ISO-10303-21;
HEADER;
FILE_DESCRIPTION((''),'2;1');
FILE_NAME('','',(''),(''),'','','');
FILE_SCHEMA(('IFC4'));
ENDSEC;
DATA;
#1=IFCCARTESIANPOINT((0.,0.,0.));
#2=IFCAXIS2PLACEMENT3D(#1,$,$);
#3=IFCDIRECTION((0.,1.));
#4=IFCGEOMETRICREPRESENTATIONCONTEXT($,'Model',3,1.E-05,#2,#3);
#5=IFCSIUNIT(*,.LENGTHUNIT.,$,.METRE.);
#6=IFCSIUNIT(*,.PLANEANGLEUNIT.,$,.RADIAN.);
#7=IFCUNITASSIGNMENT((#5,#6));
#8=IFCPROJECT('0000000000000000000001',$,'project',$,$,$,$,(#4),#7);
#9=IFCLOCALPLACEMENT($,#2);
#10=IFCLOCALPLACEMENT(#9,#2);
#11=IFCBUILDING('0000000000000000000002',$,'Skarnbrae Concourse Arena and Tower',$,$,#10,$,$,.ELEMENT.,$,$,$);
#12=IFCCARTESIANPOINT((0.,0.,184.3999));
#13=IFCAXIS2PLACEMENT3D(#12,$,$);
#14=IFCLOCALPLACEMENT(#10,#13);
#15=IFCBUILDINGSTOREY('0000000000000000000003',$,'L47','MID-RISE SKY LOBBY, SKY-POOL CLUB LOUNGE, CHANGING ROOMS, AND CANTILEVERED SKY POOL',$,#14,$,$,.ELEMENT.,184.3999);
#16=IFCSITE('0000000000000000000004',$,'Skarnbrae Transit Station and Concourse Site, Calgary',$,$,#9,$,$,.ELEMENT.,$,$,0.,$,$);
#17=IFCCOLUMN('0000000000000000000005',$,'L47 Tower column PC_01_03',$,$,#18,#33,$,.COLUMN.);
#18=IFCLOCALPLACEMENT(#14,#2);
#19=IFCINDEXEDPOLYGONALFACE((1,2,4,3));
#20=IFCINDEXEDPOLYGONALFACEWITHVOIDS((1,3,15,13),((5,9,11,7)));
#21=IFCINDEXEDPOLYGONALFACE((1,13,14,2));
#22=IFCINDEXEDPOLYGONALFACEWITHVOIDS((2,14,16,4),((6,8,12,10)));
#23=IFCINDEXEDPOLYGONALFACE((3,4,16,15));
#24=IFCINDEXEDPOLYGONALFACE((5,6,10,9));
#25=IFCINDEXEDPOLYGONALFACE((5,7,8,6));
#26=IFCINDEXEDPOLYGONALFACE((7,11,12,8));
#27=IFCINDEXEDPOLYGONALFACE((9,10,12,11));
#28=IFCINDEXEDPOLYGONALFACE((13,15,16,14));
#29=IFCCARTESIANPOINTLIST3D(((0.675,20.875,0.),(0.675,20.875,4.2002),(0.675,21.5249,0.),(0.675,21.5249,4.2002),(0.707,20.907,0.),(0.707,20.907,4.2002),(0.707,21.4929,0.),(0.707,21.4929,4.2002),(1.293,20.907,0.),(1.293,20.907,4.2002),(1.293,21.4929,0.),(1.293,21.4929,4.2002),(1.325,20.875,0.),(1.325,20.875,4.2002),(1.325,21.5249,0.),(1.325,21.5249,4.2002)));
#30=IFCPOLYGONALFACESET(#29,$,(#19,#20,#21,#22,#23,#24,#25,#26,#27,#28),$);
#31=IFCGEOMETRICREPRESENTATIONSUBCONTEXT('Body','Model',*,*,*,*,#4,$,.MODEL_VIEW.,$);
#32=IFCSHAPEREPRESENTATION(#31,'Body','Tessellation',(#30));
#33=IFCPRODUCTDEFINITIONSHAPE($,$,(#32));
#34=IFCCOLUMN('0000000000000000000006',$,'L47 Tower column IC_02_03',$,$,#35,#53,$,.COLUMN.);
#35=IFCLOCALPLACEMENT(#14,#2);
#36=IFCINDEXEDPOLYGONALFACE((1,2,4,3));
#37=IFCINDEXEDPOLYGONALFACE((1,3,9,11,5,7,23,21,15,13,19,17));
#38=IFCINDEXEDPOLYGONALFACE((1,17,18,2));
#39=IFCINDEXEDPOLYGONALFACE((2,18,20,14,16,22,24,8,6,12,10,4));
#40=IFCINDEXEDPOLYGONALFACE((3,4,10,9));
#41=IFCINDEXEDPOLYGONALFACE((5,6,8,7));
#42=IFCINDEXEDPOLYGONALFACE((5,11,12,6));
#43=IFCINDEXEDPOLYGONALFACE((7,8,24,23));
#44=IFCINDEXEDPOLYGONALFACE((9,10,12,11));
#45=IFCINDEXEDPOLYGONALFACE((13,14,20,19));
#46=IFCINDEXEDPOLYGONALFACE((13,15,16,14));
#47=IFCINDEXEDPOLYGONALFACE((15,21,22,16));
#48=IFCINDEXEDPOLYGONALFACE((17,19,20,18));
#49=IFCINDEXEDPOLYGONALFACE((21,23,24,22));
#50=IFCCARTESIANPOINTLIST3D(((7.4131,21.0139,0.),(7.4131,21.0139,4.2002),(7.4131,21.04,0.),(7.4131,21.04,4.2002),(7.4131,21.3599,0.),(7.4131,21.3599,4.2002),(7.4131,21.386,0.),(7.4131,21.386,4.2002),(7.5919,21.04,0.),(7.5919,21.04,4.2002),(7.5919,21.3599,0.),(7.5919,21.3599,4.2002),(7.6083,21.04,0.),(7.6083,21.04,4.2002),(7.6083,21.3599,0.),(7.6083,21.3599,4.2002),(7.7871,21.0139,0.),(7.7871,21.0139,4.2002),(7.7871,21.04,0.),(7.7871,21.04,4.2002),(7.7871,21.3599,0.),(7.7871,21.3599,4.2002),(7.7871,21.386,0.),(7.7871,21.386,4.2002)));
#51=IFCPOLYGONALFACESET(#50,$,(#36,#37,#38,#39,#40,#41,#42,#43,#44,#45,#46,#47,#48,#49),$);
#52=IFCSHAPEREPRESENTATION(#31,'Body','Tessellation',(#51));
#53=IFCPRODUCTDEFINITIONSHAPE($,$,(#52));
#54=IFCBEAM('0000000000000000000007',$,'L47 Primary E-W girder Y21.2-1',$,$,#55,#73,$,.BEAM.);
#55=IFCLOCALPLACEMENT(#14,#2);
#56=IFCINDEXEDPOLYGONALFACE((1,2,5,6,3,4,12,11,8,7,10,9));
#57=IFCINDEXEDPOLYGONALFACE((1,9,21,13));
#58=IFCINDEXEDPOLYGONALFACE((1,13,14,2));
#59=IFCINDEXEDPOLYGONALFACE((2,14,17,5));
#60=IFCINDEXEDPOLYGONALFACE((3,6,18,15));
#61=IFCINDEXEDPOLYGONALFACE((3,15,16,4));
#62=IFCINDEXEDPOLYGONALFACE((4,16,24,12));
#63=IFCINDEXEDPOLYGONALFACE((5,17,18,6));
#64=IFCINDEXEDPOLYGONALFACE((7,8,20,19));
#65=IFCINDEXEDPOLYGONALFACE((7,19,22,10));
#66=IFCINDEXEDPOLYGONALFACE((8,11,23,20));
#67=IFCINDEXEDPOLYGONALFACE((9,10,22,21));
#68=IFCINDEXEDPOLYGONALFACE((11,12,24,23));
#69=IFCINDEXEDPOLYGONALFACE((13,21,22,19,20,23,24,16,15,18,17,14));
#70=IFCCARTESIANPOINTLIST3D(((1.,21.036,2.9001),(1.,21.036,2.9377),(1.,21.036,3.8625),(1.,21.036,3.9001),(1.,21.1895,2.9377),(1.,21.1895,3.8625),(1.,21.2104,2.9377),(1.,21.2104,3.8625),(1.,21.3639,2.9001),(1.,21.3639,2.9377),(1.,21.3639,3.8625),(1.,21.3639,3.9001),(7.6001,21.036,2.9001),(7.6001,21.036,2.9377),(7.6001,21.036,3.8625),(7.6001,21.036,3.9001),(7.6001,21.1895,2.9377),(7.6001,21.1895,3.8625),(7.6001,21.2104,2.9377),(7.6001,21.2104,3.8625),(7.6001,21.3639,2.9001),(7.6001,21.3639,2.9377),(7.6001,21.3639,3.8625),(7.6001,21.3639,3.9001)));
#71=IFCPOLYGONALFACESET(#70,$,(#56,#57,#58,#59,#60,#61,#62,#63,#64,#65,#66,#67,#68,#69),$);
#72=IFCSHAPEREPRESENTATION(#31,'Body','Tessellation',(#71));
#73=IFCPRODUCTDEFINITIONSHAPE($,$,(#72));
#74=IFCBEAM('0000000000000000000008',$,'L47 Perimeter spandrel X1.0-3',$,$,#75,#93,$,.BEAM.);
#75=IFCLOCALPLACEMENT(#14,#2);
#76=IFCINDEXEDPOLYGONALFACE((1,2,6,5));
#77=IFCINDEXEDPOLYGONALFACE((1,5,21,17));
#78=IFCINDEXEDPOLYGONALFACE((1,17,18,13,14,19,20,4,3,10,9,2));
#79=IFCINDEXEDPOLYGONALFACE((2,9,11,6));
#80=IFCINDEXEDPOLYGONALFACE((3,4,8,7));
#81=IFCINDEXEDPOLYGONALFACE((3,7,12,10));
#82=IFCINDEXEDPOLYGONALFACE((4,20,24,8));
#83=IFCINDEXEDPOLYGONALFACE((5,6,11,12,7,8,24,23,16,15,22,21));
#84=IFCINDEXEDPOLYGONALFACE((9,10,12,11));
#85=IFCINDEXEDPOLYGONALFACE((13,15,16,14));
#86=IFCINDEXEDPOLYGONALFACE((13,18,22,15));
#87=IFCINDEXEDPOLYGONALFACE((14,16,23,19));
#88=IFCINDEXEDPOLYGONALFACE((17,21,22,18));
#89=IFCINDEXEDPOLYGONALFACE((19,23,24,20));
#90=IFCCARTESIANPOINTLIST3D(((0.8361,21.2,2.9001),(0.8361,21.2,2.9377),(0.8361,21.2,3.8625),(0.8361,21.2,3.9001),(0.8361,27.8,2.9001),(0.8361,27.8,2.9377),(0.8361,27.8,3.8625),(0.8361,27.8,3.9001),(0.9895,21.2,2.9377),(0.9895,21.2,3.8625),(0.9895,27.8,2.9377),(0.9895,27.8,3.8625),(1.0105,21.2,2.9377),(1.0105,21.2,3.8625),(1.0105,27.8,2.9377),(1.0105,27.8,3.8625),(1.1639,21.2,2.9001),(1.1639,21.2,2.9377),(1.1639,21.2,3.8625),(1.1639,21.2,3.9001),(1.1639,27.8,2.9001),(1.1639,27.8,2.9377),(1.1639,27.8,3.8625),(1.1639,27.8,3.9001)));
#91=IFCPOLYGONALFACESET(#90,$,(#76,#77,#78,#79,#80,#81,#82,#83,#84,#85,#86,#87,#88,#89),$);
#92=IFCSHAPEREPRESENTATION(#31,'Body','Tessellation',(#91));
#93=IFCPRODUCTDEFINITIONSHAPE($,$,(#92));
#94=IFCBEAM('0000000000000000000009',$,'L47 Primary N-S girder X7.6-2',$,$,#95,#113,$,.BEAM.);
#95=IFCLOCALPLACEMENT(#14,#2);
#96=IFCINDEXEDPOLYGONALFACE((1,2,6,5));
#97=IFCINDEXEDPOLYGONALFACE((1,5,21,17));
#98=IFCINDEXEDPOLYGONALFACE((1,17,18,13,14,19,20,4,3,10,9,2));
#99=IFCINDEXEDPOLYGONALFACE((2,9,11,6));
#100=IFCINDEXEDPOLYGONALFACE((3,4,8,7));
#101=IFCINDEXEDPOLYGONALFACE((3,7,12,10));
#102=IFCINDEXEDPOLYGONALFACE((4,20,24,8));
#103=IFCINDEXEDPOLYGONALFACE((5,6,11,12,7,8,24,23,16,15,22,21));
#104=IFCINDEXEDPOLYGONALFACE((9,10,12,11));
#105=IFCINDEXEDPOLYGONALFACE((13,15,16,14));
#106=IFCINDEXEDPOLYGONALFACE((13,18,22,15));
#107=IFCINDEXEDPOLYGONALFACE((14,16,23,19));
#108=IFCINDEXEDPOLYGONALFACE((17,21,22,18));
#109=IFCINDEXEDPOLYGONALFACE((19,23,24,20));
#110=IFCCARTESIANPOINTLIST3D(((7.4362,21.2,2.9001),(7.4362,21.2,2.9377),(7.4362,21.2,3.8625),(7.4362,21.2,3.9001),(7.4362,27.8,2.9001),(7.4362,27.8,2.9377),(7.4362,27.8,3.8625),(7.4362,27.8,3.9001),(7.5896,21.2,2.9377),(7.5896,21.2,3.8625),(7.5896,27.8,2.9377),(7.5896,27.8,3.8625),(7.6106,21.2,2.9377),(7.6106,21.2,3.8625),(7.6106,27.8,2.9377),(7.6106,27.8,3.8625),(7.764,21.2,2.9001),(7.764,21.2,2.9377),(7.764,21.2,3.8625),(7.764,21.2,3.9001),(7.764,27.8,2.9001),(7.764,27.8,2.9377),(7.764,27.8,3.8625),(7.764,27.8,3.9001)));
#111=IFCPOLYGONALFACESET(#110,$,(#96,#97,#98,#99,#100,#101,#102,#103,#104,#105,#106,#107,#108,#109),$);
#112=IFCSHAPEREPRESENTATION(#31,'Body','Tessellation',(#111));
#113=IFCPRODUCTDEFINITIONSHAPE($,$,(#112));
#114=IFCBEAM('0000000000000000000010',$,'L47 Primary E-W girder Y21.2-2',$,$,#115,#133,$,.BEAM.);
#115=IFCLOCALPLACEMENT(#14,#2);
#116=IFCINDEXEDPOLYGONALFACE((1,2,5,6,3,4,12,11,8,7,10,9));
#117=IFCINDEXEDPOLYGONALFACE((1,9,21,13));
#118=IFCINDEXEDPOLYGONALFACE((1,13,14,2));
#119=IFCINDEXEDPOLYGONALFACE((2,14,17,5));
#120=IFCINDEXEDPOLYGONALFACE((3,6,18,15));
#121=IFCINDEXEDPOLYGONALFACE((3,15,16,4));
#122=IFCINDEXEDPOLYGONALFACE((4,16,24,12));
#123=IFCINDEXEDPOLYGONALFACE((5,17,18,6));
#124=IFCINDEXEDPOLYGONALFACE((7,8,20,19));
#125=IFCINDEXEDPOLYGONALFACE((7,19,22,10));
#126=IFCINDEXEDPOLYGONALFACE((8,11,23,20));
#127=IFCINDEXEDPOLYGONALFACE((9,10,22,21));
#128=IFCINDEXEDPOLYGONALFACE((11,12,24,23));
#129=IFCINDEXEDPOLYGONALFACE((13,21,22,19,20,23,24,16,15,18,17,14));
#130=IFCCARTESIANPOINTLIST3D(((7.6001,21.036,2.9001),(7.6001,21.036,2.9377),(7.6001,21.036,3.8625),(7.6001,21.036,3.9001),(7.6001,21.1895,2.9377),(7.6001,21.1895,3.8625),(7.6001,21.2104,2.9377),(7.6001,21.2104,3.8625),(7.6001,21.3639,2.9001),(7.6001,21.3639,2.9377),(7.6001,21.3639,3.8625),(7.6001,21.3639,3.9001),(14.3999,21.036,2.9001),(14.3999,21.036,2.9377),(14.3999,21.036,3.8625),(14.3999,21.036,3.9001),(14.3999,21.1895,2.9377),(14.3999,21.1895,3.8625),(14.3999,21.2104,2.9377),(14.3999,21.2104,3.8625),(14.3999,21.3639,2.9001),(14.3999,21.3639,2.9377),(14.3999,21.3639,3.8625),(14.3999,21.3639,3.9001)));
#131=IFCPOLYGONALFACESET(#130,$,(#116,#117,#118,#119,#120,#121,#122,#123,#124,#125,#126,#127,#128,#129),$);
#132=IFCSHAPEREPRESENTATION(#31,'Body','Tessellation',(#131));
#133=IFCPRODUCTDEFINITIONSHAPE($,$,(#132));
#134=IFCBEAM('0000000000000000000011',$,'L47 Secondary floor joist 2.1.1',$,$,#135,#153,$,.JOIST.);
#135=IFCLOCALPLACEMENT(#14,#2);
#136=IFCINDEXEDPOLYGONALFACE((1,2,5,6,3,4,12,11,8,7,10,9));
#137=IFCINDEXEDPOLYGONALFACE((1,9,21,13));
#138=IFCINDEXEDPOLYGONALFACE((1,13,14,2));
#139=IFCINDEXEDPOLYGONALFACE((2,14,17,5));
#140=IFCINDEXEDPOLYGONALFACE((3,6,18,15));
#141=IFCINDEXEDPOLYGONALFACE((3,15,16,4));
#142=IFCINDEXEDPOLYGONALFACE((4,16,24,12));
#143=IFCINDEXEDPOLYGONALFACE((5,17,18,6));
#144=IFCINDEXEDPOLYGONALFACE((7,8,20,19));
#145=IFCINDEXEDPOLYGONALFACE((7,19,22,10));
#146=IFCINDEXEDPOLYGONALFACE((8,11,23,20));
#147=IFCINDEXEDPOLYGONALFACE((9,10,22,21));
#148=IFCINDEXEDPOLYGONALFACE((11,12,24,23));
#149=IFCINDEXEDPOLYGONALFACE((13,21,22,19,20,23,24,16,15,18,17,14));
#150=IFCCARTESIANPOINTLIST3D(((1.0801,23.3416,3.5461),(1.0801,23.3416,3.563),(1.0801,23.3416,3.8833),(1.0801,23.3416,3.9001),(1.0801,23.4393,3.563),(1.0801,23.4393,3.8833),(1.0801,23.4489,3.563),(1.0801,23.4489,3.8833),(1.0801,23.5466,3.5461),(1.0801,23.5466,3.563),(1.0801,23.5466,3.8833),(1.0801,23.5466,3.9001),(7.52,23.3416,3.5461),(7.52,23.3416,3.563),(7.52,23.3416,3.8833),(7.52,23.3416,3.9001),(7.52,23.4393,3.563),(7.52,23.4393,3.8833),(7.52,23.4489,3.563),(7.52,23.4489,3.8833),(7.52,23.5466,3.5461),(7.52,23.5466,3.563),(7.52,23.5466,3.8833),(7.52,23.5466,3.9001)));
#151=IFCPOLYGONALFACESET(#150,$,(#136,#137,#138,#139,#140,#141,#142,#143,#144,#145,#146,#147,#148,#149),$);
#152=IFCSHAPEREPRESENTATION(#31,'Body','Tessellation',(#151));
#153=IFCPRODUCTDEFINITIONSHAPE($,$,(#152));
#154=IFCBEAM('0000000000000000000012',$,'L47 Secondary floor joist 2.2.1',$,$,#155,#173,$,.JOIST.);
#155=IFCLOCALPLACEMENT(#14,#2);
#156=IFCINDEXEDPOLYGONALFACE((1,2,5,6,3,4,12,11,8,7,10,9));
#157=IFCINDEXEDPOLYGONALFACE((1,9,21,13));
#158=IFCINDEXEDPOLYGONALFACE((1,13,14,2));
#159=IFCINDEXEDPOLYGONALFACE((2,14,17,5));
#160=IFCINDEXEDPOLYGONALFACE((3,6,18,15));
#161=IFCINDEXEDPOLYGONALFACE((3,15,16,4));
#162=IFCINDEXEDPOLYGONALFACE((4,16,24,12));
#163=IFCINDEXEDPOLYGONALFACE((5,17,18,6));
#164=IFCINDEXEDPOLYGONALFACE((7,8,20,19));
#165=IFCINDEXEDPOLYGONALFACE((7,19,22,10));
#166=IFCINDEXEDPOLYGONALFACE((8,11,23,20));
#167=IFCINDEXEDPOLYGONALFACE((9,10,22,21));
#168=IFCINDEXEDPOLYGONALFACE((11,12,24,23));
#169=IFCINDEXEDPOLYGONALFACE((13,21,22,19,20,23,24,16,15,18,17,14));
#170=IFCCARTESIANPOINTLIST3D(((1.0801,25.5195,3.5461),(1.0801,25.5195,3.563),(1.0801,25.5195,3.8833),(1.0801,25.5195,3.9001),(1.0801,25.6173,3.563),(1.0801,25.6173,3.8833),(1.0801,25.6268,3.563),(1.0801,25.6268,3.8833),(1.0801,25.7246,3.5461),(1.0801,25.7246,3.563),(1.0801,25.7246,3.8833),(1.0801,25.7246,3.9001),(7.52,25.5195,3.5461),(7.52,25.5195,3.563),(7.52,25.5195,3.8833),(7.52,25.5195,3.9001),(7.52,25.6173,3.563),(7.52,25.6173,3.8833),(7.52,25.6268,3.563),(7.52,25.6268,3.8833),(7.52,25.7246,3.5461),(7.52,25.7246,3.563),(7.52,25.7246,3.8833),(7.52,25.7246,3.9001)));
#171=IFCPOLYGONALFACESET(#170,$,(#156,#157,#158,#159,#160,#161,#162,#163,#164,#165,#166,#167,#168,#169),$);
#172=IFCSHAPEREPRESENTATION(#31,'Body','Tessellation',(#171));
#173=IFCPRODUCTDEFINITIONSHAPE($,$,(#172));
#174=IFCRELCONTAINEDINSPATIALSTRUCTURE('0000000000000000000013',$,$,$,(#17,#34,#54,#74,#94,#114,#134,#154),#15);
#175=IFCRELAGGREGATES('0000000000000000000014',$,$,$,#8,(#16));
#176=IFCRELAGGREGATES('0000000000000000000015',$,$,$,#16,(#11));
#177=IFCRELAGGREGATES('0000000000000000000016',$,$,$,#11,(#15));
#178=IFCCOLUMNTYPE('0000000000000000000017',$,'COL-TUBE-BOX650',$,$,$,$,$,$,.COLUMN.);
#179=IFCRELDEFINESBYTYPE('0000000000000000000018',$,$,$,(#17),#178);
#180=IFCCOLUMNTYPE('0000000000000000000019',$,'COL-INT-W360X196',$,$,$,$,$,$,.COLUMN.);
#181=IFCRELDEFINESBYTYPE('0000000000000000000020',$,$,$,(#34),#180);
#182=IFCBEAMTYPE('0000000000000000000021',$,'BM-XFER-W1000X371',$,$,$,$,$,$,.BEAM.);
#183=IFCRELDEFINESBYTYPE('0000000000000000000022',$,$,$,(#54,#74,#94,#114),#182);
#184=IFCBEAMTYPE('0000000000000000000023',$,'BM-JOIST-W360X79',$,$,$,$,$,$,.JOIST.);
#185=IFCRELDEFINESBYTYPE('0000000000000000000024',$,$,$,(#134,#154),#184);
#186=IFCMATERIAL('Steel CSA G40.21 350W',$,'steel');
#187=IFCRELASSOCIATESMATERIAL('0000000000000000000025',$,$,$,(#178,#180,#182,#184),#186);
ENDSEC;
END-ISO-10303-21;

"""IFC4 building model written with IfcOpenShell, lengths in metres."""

from ifc_helpers import new_model, si_unit, direction, frame, origin, origin_2d, place, context, subcontext, project, spatial, hollow_rectangle, i_section, extrude, source, transform, mapped, material, material_profile, profile_set, type_object, element, save


model = new_model("IFC4")

# Units and contexts
model_context = context("Model", 3, precision=1e-05, world=origin(), true_north=direction((0.0, 1.0)))
body_context = subcontext(model_context, "Body", "Model", "MODEL_VIEW")
ifc_project = project(units=[si_unit("LENGTHUNIT", "METRE"), si_unit("PLANEANGLEUNIT", "RADIAN")], contexts=[model_context])

# Site, building, storey
site_placement = place(None, origin())
site = spatial("IfcSite", under=ifc_project, at=site_placement, Name="Skarnbrae Transit Station and Concourse Site, Calgary", CompositionType="ELEMENT", RefElevation=0.0)
building_placement = place(site_placement, origin())
building = spatial("IfcBuilding", under=site, at=building_placement, Name="Skarnbrae Concourse Arena and Tower", CompositionType="ELEMENT")
storey_placement = place(building_placement, frame((0.0, 0.0, 184.3999)))
storey = spatial("IfcBuildingStorey", under=building, at=storey_placement, Name="L47", Description="MID-RISE SKY LOBBY, SKY-POOL CLUB LOUNGE, CHANGING ROOMS, AND CANTILEVERED SKY POOL", CompositionType="ELEMENT", Elevation=184.3999)

# Columns
ifc_material_1 = material(Name="Steel CSA G40.21 350W", Category="steel")
ifc_material_profile_1 = material_profile(ifc_material_1, hollow_rectangle(XDim=0.6499, YDim=0.6499, WallThickness=0.032, at=origin_2d()), Name="BOX650X650X32")
ifc_profile_set_1 = profile_set([ifc_material_profile_1], Name="Steel CSA G40.21 350W")
column_type_1 = type_object("IfcColumnType", Name="COL-TUBE-BOX650", PredefinedType="COLUMN", material=ifc_profile_set_1)
shared_shape_1 = source(origin(), body_context, "Body", "SweptSolid", [
    extrude(hollow_rectangle(XDim=0.6499, YDim=0.6499, WallThickness=0.032, at=origin_2d()), origin(), (0.0, 0.0, 1.0), 4.2002),
])
column_1_placement = place(storey_placement, frame((1.0, 21.2, 0.0), z_axis=(0.0, 0.0, 1.0), x_axis=(1.0, 0.0, 0.0)))
element("IfcColumn", 1, at=column_1_placement, inside=storey, type_object=column_type_1, Name="L47 Tower column PC_01_03", PredefinedType="COLUMN", context=body_context, shape_type="MappedRepresentation", body=[
    mapped(shared_shape_1, transform((0.0, 0.0, 0.0))),
])
ifc_material_profile_2 = material_profile(ifc_material_1, i_section(OverallWidth=0.374, OverallDepth=0.3721, WebThickness=0.0164, FlangeThickness=0.0261, at=origin_2d()), Name="W360X196")
ifc_profile_set_2 = profile_set([ifc_material_profile_2], Name="Steel CSA G40.21 350W")
column_type_2 = type_object("IfcColumnType", Name="COL-INT-W360X196", PredefinedType="COLUMN", material=ifc_profile_set_2)
shared_shape_2 = source(origin(), body_context, "Body", "SweptSolid", [
    extrude(i_section(OverallWidth=0.374, OverallDepth=0.3721, WebThickness=0.0164, FlangeThickness=0.0261, at=origin_2d()), origin(), (0.0, 0.0, 1.0), 4.2002),
])
column_2_placement = place(storey_placement, frame((7.6001, 21.2, 0.0), z_axis=(0.0, 0.0, 1.0), x_axis=(1.0, 0.0, 0.0)))
element("IfcColumn", 2, at=column_2_placement, inside=storey, type_object=column_type_2, Name="L47 Tower column IC_02_03", PredefinedType="COLUMN", context=body_context, shape_type="MappedRepresentation", body=[
    mapped(shared_shape_2, transform((0.0, 0.0, 0.0))),
])

# Beams
ifc_material_profile_3 = material_profile(ifc_material_1, i_section(OverallWidth=0.3279, OverallDepth=1.0, WebThickness=0.021, FlangeThickness=0.0376, at=origin_2d()), Name="W1000X371")
ifc_profile_set_3 = profile_set([ifc_material_profile_3], Name="Steel CSA G40.21 350W")
beam_type_1 = type_object("IfcBeamType", Name="BM-XFER-W1000X371", PredefinedType="BEAM", material=ifc_profile_set_3)
shared_shape_3 = source(origin(), body_context, "Body", "SweptSolid", [
    extrude(i_section(OverallWidth=0.3279, OverallDepth=1.0, WebThickness=0.021, FlangeThickness=0.0376, at=origin_2d()), origin(), (0.0, 0.0, 1.0), 6.6001),
])
for number, where, z_axis, x_axis, name in (
    (3, (1.0, 21.2, 3.4001), (1.0, 0.0, 0.0), (0.0, 1.0, 0.0), "L47 Primary E-W girder Y21.2-1"),
    (4, (1.0, 21.2, 3.4001), (0.0, 1.0, 0.0), (-1.0, 0.0, 0.0), "L47 Perimeter spandrel X1.0-3"),
    (5, (7.6001, 21.2, 3.4001), (0.0, 1.0, 0.0), (-1.0, 0.0, 0.0), "L47 Primary N-S girder X7.6-2"),
):
    element("IfcBeam", number, at=place(storey_placement, frame(where, z_axis=z_axis, x_axis=x_axis)), inside=storey, type_object=beam_type_1, Name=name, PredefinedType="BEAM", context=body_context, shape_type="MappedRepresentation", body=[
        mapped(shared_shape_3, transform((0.0, 0.0, 0.0))),
    ])
shared_shape_4 = source(origin(), body_context, "Body", "SweptSolid", [
    extrude(i_section(OverallWidth=0.3279, OverallDepth=1.0, WebThickness=0.021, FlangeThickness=0.0376, at=origin_2d()), origin(), (0.0, 0.0, 1.0), 6.7998),
])
beam_1_placement = place(storey_placement, frame((7.6001, 21.2, 3.4001), z_axis=(1.0, 0.0, 0.0), x_axis=(0.0, 1.0, 0.0)))
element("IfcBeam", 6, at=beam_1_placement, inside=storey, type_object=beam_type_1, Name="L47 Primary E-W girder Y21.2-2", PredefinedType="BEAM", context=body_context, shape_type="MappedRepresentation", body=[
    mapped(shared_shape_4, transform((0.0, 0.0, 0.0))),
])
ifc_material_profile_4 = material_profile(ifc_material_1, i_section(OverallWidth=0.2051, OverallDepth=0.354, WebThickness=0.0095, FlangeThickness=0.0168, at=origin_2d()), Name="W360X79")
ifc_profile_set_4 = profile_set([ifc_material_profile_4], Name="Steel CSA G40.21 350W")
beam_type_2 = type_object("IfcBeamType", Name="BM-JOIST-W360X79", PredefinedType="JOIST", material=ifc_profile_set_4)
shared_shape_5 = source(origin(), body_context, "Body", "SweptSolid", [
    extrude(i_section(OverallWidth=0.2051, OverallDepth=0.354, WebThickness=0.0095, FlangeThickness=0.0168, at=origin_2d()), origin(), (0.0, 0.0, 1.0), 6.4399),
])
for number, where, z_axis, x_axis, name in (
    (7, (1.0801, 23.4441, 3.7231), (1.0, 0.0, 0.0), (0.0, 1.0, 0.0), "L47 Secondary floor joist 2.1.1"),
    (8, (1.0801, 25.6221, 3.7231), (1.0, 0.0, 0.0), (0.0, 1.0, 0.0), "L47 Secondary floor joist 2.2.1"),
):
    element("IfcBeam", number, at=place(storey_placement, frame(where, z_axis=z_axis, x_axis=x_axis)), inside=storey, type_object=beam_type_2, Name=name, PredefinedType="JOIST", context=body_context, shape_type="MappedRepresentation", body=[
        mapped(shared_shape_5, transform((0.0, 0.0, 0.0))),
    ])

save(model, "model.ifc")
